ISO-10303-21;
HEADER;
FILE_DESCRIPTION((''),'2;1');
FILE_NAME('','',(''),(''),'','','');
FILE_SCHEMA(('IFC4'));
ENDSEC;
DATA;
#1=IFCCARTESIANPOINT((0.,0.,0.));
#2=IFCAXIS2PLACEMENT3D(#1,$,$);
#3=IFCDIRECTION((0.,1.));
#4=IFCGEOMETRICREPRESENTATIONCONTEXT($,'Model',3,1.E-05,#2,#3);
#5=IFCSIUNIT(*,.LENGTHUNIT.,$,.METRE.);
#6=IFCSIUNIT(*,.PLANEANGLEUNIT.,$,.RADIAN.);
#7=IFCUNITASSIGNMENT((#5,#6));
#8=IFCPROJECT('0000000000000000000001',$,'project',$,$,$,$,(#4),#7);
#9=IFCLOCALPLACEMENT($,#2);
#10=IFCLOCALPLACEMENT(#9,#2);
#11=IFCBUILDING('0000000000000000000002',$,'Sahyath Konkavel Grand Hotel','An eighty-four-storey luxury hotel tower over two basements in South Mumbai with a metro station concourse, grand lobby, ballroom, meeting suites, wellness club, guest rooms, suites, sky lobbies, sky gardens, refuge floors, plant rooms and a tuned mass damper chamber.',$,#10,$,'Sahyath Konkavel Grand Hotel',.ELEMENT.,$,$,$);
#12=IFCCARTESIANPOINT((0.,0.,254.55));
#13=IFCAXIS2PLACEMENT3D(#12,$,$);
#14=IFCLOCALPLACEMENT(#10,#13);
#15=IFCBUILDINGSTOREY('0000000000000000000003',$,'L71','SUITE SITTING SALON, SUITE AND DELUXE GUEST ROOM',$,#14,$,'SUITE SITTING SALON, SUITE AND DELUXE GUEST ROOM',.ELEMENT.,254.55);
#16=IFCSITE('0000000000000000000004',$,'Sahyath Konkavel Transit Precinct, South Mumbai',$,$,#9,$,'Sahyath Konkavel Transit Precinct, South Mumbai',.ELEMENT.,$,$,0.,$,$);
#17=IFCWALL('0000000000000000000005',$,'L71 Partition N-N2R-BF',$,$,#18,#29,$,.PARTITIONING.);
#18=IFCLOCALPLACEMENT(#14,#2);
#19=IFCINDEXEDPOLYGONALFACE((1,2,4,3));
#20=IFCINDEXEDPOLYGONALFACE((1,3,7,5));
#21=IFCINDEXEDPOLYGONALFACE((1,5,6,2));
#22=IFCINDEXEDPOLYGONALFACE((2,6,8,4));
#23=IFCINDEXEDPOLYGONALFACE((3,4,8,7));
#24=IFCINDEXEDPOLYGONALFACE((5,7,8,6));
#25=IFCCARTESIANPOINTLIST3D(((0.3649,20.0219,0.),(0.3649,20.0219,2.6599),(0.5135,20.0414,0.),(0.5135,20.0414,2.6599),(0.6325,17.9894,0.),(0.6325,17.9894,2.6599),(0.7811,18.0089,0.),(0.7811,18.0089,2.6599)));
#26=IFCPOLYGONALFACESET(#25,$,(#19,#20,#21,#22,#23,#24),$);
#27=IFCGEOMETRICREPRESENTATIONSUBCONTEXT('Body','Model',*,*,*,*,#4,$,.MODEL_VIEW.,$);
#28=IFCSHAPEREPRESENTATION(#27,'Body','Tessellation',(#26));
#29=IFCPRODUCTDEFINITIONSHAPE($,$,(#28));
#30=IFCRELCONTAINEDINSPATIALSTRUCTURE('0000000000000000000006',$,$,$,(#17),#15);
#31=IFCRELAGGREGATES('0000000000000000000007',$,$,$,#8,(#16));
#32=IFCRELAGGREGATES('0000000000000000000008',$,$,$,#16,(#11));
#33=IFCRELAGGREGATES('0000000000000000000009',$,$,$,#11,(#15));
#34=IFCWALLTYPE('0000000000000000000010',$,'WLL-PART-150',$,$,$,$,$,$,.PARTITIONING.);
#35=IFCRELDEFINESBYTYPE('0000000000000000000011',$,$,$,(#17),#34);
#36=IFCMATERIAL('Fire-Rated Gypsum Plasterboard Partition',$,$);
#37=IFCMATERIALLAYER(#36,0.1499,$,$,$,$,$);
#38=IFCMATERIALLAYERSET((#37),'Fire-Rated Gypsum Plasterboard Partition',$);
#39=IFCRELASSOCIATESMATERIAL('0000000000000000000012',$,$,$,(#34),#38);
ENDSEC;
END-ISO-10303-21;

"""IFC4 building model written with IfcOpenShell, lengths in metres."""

from ifc_helpers import new_model, si_unit, direction, frame, frame_2d, origin, place, context, subcontext, project, spatial, rectangle, extrude, material, layer, layer_set, type_object, element, save


model = new_model("IFC4")

# Units and contexts
model_context = context("Model", 3, precision=1e-05, world=origin(), true_north=direction((0.0, 1.0)))
body_context = subcontext(model_context, "Body", "Model", "MODEL_VIEW")
ifc_project = project(units=[si_unit("LENGTHUNIT", "METRE"), si_unit("PLANEANGLEUNIT", "RADIAN")], contexts=[model_context])

# Site, building, storey
site_placement = place(None, origin())
site = spatial("IfcSite", under=ifc_project, at=site_placement, Name="Sahyath Konkavel Transit Precinct, South Mumbai", LongName="Sahyath Konkavel Transit Precinct, South Mumbai", CompositionType="ELEMENT", RefElevation=0.0)
building_placement = place(site_placement, origin())
building = spatial("IfcBuilding", under=site, at=building_placement, Name="Sahyath Konkavel Grand Hotel", Description="An eighty-four-storey luxury hotel tower over two basements in South Mumbai with a metro station concourse, grand lobby, ballroom, meeting suites, wellness club, guest rooms, suites, sky lobbies, sky gardens, refuge floors, plant rooms and a tuned mass damper chamber.", LongName="Sahyath Konkavel Grand Hotel", CompositionType="ELEMENT")
storey_placement = place(building_placement, frame((0.0, 0.0, 254.55)))
storey = spatial("IfcBuildingStorey", under=building, at=storey_placement, Name="L71", Description="SUITE SITTING SALON, SUITE AND DELUXE GUEST ROOM", LongName="SUITE SITTING SALON, SUITE AND DELUXE GUEST ROOM", CompositionType="ELEMENT", Elevation=254.55)

# Wall
ifc_material_1 = material(Name="Fire-Rated Gypsum Plasterboard Partition")
ifc_layer_1 = layer(ifc_material_1, 0.1499)
ifc_layer_set_1 = layer_set([ifc_layer_1], Name="Fire-Rated Gypsum Plasterboard Partition")
wall_type_1 = type_object("IfcWallType", Name="WLL-PART-150", PredefinedType="PARTITIONING", material=ifc_layer_set_1)
wall_1_placement = place(storey_placement, frame((0.7068, 17.9993, 0.0), z_axis=(0.0, 0.0, 1.0), x_axis=(-0.130525, 0.991445, 0.0)))
element("IfcWall", 1, at=wall_1_placement, inside=storey, type_object=wall_type_1, Name="L71 Partition N-N2R-BF", PredefinedType="PARTITIONING", context=body_context, shape_type="SweptSolid", body=[
    extrude(rectangle(XDim=2.05, YDim=0.1499, at=frame_2d((1.0249, 0.0))), origin(), (0.0, 0.0, 1.0), 2.6599),
])

save(model, "model.ifc")
